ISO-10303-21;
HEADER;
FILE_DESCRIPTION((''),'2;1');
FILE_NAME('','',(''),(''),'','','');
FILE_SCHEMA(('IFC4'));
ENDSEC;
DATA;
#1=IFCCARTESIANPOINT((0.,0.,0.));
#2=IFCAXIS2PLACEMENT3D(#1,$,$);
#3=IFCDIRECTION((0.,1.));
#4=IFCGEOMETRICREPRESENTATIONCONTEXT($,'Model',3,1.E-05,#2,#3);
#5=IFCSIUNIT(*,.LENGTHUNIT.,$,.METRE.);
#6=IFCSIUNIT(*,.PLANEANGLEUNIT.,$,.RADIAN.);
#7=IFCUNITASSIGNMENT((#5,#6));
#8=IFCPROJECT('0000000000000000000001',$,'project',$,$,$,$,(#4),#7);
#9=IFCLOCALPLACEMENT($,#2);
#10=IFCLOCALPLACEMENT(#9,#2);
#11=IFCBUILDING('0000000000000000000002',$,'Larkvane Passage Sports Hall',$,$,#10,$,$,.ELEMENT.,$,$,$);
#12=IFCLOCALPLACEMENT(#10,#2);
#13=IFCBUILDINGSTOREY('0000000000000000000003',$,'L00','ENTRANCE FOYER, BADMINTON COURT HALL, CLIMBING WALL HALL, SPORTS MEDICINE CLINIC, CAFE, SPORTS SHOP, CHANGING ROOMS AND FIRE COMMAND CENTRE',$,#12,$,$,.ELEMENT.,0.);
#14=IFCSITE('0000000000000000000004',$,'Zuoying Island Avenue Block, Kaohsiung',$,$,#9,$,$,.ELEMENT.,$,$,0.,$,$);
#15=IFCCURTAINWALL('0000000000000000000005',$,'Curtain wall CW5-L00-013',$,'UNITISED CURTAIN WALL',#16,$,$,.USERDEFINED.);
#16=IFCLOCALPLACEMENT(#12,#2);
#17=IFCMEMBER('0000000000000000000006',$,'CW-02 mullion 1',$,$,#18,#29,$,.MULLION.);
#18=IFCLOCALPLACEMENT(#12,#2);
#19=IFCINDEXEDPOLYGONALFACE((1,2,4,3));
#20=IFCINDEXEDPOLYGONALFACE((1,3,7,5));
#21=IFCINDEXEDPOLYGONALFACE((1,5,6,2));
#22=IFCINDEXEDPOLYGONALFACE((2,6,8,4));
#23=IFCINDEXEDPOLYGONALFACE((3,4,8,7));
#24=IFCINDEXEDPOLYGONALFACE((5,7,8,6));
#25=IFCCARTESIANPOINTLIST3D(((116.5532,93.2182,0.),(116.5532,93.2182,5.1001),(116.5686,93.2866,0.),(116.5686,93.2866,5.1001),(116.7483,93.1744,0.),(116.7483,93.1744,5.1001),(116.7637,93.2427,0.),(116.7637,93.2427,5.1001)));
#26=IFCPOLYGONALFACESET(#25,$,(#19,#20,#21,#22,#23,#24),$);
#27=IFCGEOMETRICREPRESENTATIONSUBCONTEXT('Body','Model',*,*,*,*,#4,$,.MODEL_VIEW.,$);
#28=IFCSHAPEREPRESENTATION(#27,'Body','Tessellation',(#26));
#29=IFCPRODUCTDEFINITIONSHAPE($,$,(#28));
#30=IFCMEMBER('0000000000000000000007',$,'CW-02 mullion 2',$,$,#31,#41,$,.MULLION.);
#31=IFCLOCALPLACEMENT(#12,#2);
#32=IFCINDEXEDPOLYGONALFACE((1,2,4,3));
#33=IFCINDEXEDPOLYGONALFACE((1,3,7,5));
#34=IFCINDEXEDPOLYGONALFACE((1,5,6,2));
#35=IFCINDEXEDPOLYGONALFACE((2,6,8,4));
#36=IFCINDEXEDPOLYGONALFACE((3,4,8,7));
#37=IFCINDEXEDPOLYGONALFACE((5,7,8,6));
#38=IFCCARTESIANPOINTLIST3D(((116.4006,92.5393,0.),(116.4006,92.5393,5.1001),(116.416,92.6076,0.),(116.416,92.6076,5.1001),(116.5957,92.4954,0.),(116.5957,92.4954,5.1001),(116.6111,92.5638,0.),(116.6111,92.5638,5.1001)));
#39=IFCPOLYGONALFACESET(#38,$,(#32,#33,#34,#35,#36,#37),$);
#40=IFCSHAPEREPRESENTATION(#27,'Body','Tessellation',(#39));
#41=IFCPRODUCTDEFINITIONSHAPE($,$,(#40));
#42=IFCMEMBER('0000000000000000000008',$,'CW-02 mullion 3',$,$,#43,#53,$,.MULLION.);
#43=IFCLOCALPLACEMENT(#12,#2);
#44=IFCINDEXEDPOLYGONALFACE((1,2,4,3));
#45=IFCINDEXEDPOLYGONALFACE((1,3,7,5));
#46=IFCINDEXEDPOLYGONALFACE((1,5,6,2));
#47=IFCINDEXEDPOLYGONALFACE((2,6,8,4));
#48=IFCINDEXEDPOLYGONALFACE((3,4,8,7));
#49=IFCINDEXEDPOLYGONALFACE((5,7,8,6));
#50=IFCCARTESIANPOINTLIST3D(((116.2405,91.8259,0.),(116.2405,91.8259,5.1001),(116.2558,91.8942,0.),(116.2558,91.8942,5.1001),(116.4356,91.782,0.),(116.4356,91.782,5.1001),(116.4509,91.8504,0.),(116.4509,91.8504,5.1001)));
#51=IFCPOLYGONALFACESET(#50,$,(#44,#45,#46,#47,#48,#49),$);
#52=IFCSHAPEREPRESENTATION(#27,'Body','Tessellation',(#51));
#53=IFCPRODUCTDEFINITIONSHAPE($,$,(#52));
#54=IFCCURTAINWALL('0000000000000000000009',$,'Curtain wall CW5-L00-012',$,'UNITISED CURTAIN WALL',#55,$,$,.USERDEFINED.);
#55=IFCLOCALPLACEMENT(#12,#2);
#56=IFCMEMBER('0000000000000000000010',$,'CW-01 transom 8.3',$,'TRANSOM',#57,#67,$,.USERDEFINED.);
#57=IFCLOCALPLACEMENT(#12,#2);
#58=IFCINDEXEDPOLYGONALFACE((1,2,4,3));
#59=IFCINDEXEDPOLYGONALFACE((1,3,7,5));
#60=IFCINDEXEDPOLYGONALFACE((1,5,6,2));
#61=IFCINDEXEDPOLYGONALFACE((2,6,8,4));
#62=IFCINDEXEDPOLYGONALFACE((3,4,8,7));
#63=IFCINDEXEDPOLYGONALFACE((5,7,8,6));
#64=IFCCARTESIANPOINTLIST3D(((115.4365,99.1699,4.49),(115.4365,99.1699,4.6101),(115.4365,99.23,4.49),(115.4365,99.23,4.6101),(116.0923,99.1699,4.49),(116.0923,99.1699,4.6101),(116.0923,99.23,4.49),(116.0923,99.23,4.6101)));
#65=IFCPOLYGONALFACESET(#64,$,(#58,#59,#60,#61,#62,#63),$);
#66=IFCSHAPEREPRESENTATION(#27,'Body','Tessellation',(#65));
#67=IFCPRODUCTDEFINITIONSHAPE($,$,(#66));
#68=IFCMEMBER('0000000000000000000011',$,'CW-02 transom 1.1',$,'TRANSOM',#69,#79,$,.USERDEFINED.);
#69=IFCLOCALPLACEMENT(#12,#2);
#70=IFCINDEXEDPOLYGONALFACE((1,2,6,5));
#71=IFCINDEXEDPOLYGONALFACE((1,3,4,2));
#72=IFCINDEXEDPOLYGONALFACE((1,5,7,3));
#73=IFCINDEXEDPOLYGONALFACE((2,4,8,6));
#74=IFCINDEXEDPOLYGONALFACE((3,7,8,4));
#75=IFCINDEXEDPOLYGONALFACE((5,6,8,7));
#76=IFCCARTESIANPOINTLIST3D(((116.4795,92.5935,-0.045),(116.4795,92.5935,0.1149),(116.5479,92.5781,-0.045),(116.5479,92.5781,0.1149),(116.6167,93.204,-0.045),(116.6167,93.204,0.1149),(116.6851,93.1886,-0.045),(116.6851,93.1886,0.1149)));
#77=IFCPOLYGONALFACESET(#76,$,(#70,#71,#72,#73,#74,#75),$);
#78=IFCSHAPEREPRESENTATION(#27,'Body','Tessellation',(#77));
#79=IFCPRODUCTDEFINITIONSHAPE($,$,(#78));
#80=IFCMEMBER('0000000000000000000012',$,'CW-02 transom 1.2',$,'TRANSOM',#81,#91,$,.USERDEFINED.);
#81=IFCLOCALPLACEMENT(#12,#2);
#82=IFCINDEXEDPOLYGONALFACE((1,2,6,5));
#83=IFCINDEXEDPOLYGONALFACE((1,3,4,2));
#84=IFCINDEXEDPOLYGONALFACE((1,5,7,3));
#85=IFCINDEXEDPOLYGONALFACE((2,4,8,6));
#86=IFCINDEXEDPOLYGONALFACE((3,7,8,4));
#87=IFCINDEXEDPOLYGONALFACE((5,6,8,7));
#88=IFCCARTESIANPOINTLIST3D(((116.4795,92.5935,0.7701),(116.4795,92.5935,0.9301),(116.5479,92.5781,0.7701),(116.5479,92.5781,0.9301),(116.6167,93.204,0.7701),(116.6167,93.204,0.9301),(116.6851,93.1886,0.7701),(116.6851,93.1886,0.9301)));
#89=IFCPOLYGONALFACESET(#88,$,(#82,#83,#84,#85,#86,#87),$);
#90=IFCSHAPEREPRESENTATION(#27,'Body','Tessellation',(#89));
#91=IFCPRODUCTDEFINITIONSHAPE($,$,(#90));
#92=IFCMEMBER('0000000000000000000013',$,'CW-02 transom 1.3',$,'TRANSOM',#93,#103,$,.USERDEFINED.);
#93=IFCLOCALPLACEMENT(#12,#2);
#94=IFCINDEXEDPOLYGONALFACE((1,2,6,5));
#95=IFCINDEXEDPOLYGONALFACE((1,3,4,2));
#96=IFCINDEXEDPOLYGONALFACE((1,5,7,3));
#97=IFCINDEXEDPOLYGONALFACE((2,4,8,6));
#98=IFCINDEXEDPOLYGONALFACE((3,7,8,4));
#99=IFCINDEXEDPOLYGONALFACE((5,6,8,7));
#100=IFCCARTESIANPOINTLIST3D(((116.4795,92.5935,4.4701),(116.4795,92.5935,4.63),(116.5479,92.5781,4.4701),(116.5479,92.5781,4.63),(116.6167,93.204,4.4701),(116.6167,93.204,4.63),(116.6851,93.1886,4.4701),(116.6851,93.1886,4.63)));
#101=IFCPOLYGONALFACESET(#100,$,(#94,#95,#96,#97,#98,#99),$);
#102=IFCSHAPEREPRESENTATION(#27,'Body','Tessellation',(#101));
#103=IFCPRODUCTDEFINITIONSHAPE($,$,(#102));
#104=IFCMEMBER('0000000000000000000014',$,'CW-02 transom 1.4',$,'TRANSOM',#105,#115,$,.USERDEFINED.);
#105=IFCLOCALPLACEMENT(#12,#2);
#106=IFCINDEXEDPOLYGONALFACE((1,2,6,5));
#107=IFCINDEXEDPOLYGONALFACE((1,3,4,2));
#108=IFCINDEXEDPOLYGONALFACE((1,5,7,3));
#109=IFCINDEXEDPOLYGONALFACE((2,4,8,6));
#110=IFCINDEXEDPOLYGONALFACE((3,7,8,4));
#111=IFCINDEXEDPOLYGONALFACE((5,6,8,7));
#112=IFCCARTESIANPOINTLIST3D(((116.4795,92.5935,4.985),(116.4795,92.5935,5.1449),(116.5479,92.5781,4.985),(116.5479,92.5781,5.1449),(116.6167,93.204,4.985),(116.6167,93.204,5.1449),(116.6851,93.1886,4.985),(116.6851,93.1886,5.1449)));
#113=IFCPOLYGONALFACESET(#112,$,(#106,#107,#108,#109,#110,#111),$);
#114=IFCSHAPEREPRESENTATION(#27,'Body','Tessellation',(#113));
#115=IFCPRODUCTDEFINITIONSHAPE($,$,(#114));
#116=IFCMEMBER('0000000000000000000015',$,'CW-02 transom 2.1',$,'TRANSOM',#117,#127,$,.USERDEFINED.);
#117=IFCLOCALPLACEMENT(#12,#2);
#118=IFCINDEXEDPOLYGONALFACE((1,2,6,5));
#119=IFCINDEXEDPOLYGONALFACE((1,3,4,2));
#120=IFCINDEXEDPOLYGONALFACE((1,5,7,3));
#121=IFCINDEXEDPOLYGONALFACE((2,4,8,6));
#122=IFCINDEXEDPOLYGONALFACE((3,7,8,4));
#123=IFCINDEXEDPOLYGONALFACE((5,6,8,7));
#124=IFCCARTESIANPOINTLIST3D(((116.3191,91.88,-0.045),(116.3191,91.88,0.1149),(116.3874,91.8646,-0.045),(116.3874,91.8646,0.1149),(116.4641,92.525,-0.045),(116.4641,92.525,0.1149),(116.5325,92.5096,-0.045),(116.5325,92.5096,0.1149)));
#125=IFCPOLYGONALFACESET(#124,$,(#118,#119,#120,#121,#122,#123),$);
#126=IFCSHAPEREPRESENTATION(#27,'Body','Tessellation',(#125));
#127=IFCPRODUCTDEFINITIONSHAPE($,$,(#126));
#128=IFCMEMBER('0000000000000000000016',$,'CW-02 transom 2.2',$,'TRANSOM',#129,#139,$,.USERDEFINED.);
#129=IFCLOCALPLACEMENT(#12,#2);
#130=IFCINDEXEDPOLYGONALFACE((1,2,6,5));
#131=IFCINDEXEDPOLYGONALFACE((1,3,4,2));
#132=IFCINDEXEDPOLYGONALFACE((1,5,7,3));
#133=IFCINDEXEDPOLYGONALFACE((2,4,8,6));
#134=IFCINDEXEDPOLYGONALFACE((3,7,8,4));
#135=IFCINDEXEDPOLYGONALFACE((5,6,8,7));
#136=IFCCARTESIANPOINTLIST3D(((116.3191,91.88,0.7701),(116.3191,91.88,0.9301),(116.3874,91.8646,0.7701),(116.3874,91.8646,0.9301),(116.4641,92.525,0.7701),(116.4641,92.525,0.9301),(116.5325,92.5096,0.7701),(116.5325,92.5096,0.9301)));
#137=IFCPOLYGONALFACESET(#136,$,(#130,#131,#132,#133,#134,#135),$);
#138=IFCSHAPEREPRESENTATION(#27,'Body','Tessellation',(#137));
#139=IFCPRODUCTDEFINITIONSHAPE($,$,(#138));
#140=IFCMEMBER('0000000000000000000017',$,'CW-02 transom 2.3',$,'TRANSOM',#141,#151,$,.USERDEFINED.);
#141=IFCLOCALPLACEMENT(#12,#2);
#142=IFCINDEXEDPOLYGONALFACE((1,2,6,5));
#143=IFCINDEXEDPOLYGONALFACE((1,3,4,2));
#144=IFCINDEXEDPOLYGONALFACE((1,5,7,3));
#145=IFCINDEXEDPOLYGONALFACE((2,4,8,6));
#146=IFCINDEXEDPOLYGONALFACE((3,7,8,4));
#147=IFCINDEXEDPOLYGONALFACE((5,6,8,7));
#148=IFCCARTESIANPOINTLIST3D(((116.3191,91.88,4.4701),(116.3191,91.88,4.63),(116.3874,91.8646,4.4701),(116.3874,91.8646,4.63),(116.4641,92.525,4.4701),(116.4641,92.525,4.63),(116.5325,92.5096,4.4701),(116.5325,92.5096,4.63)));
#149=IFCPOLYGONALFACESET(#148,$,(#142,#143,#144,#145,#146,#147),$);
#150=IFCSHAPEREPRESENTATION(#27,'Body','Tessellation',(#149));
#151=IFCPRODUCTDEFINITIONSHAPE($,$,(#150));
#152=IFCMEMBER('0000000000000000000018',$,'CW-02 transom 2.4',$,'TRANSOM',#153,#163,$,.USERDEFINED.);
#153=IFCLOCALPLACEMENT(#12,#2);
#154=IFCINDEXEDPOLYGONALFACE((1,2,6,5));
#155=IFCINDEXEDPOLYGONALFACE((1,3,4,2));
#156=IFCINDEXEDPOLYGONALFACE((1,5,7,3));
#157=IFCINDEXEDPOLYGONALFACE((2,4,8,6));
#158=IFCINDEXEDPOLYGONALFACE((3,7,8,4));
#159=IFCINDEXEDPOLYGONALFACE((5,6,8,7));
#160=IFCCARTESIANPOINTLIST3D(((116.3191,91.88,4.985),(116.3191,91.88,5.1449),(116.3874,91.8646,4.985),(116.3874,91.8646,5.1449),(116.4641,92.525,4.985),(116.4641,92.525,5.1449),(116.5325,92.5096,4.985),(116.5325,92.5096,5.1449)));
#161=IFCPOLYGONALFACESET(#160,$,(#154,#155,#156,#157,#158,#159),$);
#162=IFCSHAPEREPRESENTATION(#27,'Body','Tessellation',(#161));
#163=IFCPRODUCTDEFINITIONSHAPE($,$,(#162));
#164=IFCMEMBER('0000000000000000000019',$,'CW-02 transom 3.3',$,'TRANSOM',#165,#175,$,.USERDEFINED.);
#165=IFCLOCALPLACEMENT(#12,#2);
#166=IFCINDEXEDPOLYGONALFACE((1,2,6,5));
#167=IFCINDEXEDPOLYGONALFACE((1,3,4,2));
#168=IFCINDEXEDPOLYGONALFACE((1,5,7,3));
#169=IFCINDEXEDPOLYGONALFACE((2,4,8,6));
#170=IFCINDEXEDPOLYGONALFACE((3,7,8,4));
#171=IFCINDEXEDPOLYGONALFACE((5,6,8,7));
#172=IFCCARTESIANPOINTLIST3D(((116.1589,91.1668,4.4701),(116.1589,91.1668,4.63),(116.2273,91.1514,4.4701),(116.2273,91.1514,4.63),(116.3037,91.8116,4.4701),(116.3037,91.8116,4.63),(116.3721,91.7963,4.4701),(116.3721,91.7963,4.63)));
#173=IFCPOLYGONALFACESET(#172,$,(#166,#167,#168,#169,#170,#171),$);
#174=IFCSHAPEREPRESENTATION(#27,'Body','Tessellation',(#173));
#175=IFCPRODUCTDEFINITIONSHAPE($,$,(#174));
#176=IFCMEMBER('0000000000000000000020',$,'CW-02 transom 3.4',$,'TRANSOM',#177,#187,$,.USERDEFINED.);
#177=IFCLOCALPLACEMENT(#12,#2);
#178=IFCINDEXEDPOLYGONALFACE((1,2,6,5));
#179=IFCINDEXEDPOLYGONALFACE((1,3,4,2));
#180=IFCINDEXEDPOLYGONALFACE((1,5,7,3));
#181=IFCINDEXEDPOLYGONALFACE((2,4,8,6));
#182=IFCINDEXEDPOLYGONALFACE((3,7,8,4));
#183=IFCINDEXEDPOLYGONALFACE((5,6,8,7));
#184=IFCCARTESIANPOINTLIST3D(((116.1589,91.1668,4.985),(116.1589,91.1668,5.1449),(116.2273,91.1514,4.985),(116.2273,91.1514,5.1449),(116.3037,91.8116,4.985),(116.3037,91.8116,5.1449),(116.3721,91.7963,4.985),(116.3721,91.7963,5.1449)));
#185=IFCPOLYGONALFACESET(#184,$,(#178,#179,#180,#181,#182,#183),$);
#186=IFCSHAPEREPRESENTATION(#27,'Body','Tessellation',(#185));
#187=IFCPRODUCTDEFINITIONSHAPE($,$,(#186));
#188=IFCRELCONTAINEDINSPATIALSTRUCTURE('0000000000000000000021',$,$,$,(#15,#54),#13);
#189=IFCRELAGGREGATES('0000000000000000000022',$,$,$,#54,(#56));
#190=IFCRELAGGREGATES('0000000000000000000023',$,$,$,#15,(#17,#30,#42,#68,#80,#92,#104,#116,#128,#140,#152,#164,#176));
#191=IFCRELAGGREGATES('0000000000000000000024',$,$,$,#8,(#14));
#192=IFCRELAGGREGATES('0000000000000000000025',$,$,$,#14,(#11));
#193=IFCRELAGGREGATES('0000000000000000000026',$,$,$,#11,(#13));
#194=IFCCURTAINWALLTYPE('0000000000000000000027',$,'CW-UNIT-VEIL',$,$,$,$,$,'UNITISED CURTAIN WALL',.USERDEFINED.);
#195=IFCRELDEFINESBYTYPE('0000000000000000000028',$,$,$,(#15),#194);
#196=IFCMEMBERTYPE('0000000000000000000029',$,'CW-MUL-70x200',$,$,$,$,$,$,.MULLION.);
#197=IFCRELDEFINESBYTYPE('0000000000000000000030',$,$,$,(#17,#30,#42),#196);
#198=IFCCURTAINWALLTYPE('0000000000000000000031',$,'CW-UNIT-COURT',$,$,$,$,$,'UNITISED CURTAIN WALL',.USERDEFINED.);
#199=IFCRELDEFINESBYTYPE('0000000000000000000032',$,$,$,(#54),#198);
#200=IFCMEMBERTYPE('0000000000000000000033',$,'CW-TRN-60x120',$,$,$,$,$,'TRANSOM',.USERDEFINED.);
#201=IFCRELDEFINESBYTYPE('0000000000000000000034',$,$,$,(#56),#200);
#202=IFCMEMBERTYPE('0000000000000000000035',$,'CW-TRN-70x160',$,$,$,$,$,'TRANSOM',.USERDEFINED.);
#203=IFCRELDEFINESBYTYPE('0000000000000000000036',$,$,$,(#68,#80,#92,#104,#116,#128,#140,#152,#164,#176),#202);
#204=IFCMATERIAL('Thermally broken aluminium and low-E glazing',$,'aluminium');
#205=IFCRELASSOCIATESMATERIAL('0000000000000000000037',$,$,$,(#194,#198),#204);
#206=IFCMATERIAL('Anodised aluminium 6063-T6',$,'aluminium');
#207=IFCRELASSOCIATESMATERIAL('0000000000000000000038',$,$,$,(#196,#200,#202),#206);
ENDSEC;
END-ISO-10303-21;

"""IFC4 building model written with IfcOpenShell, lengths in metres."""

from ifc_helpers import new_model, si_unit, direction, frame, origin, origin_2d, place, context, subcontext, project, spatial, rectangle, extrude, material, material_profile, profile_set, type_object, element, aggregate, save


model = new_model("IFC4")

# Units and contexts
model_context = context("Model", 3, precision=1e-05, world=origin(), true_north=direction((0.0, 1.0)))
body_context = subcontext(model_context, "Body", "Model", "MODEL_VIEW")
ifc_project = project(units=[si_unit("LENGTHUNIT", "METRE"), si_unit("PLANEANGLEUNIT", "RADIAN")], contexts=[model_context])

# Site, building, storey
site_placement = place(None, origin())
site = spatial("IfcSite", under=ifc_project, at=site_placement, Name="Zuoying Island Avenue Block, Kaohsiung", CompositionType="ELEMENT", RefElevation=0.0)
building_placement = place(site_placement, origin())
building = spatial("IfcBuilding", under=site, at=building_placement, Name="Larkvane Passage Sports Hall", CompositionType="ELEMENT")
storey_placement = place(building_placement, origin())
storey = spatial("IfcBuildingStorey", under=building, at=storey_placement, Name="L00", Description="ENTRANCE FOYER, BADMINTON COURT HALL, CLIMBING WALL HALL, SPORTS MEDICINE CLINIC, CAFE, SPORTS SHOP, CHANGING ROOMS AND FIRE COMMAND CENTRE", CompositionType="ELEMENT", Elevation=0.0)

# Curtain wall, members
ifc_material_1 = material(Name="Thermally broken aluminium and low-E glazing", Category="aluminium")
curtain_wall_type_1 = type_object("IfcCurtainWallType", Name="CW-UNIT-VEIL", ElementType="UNITISED CURTAIN WALL", PredefinedType="USERDEFINED", material=ifc_material_1)
curtain_wall_1_placement = place(storey_placement, origin())
curtain_wall_1 = element("IfcCurtainWall", 1, at=curtain_wall_1_placement, inside=storey, type_object=curtain_wall_type_1, Name="Curtain wall CW5-L00-013", ObjectType="UNITISED CURTAIN WALL", PredefinedType="USERDEFINED")
ifc_material_2 = material(Name="Anodised aluminium 6063-T6", Category="aluminium")
ifc_material_profile_1 = material_profile(ifc_material_2, rectangle(XDim=0.0701, YDim=0.2, at=origin_2d()), Name="ALU-MUL-70x200")
ifc_profile_set_1 = profile_set([ifc_material_profile_1], Name="Anodised aluminium 6063-T6")
member_type_1 = type_object("IfcMemberType", Name="CW-MUL-70x200", PredefinedType="MULLION", material=ifc_profile_set_1)
member_1_placement = place(storey_placement, frame((116.6584, 93.2305, 0.0), z_axis=(0.0, 0.0, 1.0), x_axis=(-0.219244, -0.97567, 0.0)))
member_1 = element("IfcMember", 2, at=member_1_placement, type_object=member_type_1, Name="CW-02 mullion 1", PredefinedType="MULLION", context=body_context, shape_type="SweptSolid", body=[
    extrude(rectangle(XDim=0.0701, YDim=0.2, at=origin_2d()), origin(), (0.0, 0.0, 1.0), 5.1001),
])
member_2_placement = place(storey_placement, frame((116.5059, 92.5515, 0.0), z_axis=(0.0, 0.0, 1.0), x_axis=(-0.219244, -0.97567, 0.0)))
member_2 = element("IfcMember", 3, at=member_2_placement, type_object=member_type_1, Name="CW-02 mullion 2", PredefinedType="MULLION", context=body_context, shape_type="SweptSolid", body=[
    extrude(rectangle(XDim=0.0701, YDim=0.2, at=origin_2d()), origin(), (0.0, 0.0, 1.0), 5.1001),
])
member_3_placement = place(storey_placement, frame((116.3457, 91.8381, 0.0), z_axis=(0.0, 0.0, 1.0), x_axis=(-0.219244, -0.97567, 0.0)))
member_3 = element("IfcMember", 4, at=member_3_placement, type_object=member_type_1, Name="CW-02 mullion 3", PredefinedType="MULLION", context=body_context, shape_type="SweptSolid", body=[
    extrude(rectangle(XDim=0.0701, YDim=0.2, at=origin_2d()), origin(), (0.0, 0.0, 1.0), 5.1001),
])

# Curtain wall, member
curtain_wall_type_2 = type_object("IfcCurtainWallType", Name="CW-UNIT-COURT", ElementType="UNITISED CURTAIN WALL", PredefinedType="USERDEFINED", material=ifc_material_1)
curtain_wall_2_placement = place(storey_placement, origin())
curtain_wall_2 = element("IfcCurtainWall", 5, at=curtain_wall_2_placement, inside=storey, type_object=curtain_wall_type_2, Name="Curtain wall CW5-L00-012", ObjectType="UNITISED CURTAIN WALL", PredefinedType="USERDEFINED")
ifc_material_profile_2 = material_profile(ifc_material_2, rectangle(XDim=0.0601, YDim=0.1201, at=origin_2d()), Name="ALU-TRN-60x120")
ifc_profile_set_2 = profile_set([ifc_material_profile_2], Name="Anodised aluminium 6063-T6")
member_type_2 = type_object("IfcMemberType", Name="CW-TRN-60x120", ElementType="TRANSOM", PredefinedType="USERDEFINED", material=ifc_profile_set_2)
member_4_placement = place(storey_placement, frame((115.4365, 99.2, 4.55), z_axis=(1.0, 0.0, 0.0), x_axis=(0.0, 1.0, 0.0)))
member_4 = element("IfcMember", 6, at=member_4_placement, type_object=member_type_2, Name="CW-01 transom 8.3", ObjectType="TRANSOM", PredefinedType="USERDEFINED", context=body_context, shape_type="SweptSolid", body=[
    extrude(rectangle(XDim=0.0601, YDim=0.1201, at=origin_2d()), origin(), (0.0, 0.0, 1.0), 0.6558),
])
aggregate(curtain_wall_2, [member_4])

# Members
ifc_material_profile_3 = material_profile(ifc_material_2, rectangle(XDim=0.0701, YDim=0.1599, at=origin_2d()), Name="ALU-TRN-70x160")
ifc_profile_set_3 = profile_set([ifc_material_profile_3], Name="Anodised aluminium 6063-T6")
member_type_3 = type_object("IfcMemberType", Name="CW-TRN-70x160", ElementType="TRANSOM", PredefinedType="USERDEFINED", material=ifc_profile_set_3)
member_5_placement = place(storey_placement, frame((116.6509, 93.1963, 0.0349), z_axis=(-0.219243, -0.97567, 0.0), x_axis=(0.97567, -0.219243, 0.0)))
member_5 = element("IfcMember", 7, at=member_5_placement, type_object=member_type_3, Name="CW-02 transom 1.1", ObjectType="TRANSOM", PredefinedType="USERDEFINED", context=body_context, shape_type="SweptSolid", body=[
    extrude(rectangle(XDim=0.0701, YDim=0.1599, at=origin_2d()), origin(), (0.0, 0.0, 1.0), 0.6257),
])
member_6_placement = place(storey_placement, frame((116.6509, 93.1963, 0.8501), z_axis=(-0.219243, -0.97567, 0.0), x_axis=(0.97567, -0.219243, 0.0)))
member_6 = element("IfcMember", 8, at=member_6_placement, type_object=member_type_3, Name="CW-02 transom 1.2", ObjectType="TRANSOM", PredefinedType="USERDEFINED", context=body_context, shape_type="SweptSolid", body=[
    extrude(rectangle(XDim=0.0701, YDim=0.1599, at=origin_2d()), origin(), (0.0, 0.0, 1.0), 0.6257),
])
member_7_placement = place(storey_placement, frame((116.6509, 93.1963, 4.55), z_axis=(-0.219243, -0.97567, 0.0), x_axis=(0.97567, -0.219243, 0.0)))
member_7 = element("IfcMember", 9, at=member_7_placement, type_object=member_type_3, Name="CW-02 transom 1.3", ObjectType="TRANSOM", PredefinedType="USERDEFINED", context=body_context, shape_type="SweptSolid", body=[
    extrude(rectangle(XDim=0.0701, YDim=0.1599, at=origin_2d()), origin(), (0.0, 0.0, 1.0), 0.6257),
])
member_8_placement = place(storey_placement, frame((116.6509, 93.1963, 5.0649), z_axis=(-0.219243, -0.97567, 0.0), x_axis=(0.97567, -0.219243, 0.0)))
member_8 = element("IfcMember", 10, at=member_8_placement, type_object=member_type_3, Name="CW-02 transom 1.4", ObjectType="TRANSOM", PredefinedType="USERDEFINED", context=body_context, shape_type="SweptSolid", body=[
    extrude(rectangle(XDim=0.0701, YDim=0.1599, at=origin_2d()), origin(), (0.0, 0.0, 1.0), 0.6257),
])
member_9_placement = place(storey_placement, frame((116.4983, 92.5173, 0.0349), z_axis=(-0.219354, -0.975645, 0.0), x_axis=(0.975645, -0.219354, 0.0)))
member_9 = element("IfcMember", 11, at=member_9_placement, type_object=member_type_3, Name="CW-02 transom 2.1", ObjectType="TRANSOM", PredefinedType="USERDEFINED", context=body_context, shape_type="SweptSolid", body=[
    extrude(rectangle(XDim=0.0701, YDim=0.1599, at=origin_2d()), origin(), (0.0, 0.0, 1.0), 0.6611),
])
member_10_placement = place(storey_placement, frame((116.4983, 92.5173, 0.8501), z_axis=(-0.219354, -0.975645, 0.0), x_axis=(0.975645, -0.219354, 0.0)))
member_10 = element("IfcMember", 12, at=member_10_placement, type_object=member_type_3, Name="CW-02 transom 2.2", ObjectType="TRANSOM", PredefinedType="USERDEFINED", context=body_context, shape_type="SweptSolid", body=[
    extrude(rectangle(XDim=0.0701, YDim=0.1599, at=origin_2d()), origin(), (0.0, 0.0, 1.0), 0.6611),
])
member_11_placement = place(storey_placement, frame((116.4983, 92.5173, 4.55), z_axis=(-0.219354, -0.975645, 0.0), x_axis=(0.975645, -0.219354, 0.0)))
member_11 = element("IfcMember", 13, at=member_11_placement, type_object=member_type_3, Name="CW-02 transom 2.3", ObjectType="TRANSOM", PredefinedType="USERDEFINED", context=body_context, shape_type="SweptSolid", body=[
    extrude(rectangle(XDim=0.0701, YDim=0.1599, at=origin_2d()), origin(), (0.0, 0.0, 1.0), 0.6611),
])
member_12_placement = place(storey_placement, frame((116.4983, 92.5173, 5.0649), z_axis=(-0.219354, -0.975645, 0.0), x_axis=(0.975645, -0.219354, 0.0)))
member_12 = element("IfcMember", 14, at=member_12_placement, type_object=member_type_3, Name="CW-02 transom 2.4", ObjectType="TRANSOM", PredefinedType="USERDEFINED", context=body_context, shape_type="SweptSolid", body=[
    extrude(rectangle(XDim=0.0701, YDim=0.1599, at=origin_2d()), origin(), (0.0, 0.0, 1.0), 0.6611),
])
member_13_placement = place(storey_placement, frame((116.3379, 91.804, 4.55), z_axis=(-0.219081, -0.975707, 0.0), x_axis=(0.975707, -0.219081, 0.0)))
member_13 = element("IfcMember", 15, at=member_13_placement, type_object=member_type_3, Name="CW-02 transom 3.3", ObjectType="TRANSOM", PredefinedType="USERDEFINED", context=body_context, shape_type="SweptSolid", body=[
    extrude(rectangle(XDim=0.0701, YDim=0.1599, at=origin_2d()), origin(), (0.0, 0.0, 1.0), 0.6609),
])
member_14_placement = place(storey_placement, frame((116.3379, 91.804, 5.0649), z_axis=(-0.219081, -0.975707, 0.0), x_axis=(0.975707, -0.219081, 0.0)))
member_14 = element("IfcMember", 16, at=member_14_placement, type_object=member_type_3, Name="CW-02 transom 3.4", ObjectType="TRANSOM", PredefinedType="USERDEFINED", context=body_context, shape_type="SweptSolid", body=[
    extrude(rectangle(XDim=0.0701, YDim=0.1599, at=origin_2d()), origin(), (0.0, 0.0, 1.0), 0.6609),
])

aggregate(curtain_wall_1, [member_1, member_2, member_3, member_5, member_6, member_7, member_8, member_9, member_10, member_11, member_12, member_13, member_14])

save(model, "model.ifc")
